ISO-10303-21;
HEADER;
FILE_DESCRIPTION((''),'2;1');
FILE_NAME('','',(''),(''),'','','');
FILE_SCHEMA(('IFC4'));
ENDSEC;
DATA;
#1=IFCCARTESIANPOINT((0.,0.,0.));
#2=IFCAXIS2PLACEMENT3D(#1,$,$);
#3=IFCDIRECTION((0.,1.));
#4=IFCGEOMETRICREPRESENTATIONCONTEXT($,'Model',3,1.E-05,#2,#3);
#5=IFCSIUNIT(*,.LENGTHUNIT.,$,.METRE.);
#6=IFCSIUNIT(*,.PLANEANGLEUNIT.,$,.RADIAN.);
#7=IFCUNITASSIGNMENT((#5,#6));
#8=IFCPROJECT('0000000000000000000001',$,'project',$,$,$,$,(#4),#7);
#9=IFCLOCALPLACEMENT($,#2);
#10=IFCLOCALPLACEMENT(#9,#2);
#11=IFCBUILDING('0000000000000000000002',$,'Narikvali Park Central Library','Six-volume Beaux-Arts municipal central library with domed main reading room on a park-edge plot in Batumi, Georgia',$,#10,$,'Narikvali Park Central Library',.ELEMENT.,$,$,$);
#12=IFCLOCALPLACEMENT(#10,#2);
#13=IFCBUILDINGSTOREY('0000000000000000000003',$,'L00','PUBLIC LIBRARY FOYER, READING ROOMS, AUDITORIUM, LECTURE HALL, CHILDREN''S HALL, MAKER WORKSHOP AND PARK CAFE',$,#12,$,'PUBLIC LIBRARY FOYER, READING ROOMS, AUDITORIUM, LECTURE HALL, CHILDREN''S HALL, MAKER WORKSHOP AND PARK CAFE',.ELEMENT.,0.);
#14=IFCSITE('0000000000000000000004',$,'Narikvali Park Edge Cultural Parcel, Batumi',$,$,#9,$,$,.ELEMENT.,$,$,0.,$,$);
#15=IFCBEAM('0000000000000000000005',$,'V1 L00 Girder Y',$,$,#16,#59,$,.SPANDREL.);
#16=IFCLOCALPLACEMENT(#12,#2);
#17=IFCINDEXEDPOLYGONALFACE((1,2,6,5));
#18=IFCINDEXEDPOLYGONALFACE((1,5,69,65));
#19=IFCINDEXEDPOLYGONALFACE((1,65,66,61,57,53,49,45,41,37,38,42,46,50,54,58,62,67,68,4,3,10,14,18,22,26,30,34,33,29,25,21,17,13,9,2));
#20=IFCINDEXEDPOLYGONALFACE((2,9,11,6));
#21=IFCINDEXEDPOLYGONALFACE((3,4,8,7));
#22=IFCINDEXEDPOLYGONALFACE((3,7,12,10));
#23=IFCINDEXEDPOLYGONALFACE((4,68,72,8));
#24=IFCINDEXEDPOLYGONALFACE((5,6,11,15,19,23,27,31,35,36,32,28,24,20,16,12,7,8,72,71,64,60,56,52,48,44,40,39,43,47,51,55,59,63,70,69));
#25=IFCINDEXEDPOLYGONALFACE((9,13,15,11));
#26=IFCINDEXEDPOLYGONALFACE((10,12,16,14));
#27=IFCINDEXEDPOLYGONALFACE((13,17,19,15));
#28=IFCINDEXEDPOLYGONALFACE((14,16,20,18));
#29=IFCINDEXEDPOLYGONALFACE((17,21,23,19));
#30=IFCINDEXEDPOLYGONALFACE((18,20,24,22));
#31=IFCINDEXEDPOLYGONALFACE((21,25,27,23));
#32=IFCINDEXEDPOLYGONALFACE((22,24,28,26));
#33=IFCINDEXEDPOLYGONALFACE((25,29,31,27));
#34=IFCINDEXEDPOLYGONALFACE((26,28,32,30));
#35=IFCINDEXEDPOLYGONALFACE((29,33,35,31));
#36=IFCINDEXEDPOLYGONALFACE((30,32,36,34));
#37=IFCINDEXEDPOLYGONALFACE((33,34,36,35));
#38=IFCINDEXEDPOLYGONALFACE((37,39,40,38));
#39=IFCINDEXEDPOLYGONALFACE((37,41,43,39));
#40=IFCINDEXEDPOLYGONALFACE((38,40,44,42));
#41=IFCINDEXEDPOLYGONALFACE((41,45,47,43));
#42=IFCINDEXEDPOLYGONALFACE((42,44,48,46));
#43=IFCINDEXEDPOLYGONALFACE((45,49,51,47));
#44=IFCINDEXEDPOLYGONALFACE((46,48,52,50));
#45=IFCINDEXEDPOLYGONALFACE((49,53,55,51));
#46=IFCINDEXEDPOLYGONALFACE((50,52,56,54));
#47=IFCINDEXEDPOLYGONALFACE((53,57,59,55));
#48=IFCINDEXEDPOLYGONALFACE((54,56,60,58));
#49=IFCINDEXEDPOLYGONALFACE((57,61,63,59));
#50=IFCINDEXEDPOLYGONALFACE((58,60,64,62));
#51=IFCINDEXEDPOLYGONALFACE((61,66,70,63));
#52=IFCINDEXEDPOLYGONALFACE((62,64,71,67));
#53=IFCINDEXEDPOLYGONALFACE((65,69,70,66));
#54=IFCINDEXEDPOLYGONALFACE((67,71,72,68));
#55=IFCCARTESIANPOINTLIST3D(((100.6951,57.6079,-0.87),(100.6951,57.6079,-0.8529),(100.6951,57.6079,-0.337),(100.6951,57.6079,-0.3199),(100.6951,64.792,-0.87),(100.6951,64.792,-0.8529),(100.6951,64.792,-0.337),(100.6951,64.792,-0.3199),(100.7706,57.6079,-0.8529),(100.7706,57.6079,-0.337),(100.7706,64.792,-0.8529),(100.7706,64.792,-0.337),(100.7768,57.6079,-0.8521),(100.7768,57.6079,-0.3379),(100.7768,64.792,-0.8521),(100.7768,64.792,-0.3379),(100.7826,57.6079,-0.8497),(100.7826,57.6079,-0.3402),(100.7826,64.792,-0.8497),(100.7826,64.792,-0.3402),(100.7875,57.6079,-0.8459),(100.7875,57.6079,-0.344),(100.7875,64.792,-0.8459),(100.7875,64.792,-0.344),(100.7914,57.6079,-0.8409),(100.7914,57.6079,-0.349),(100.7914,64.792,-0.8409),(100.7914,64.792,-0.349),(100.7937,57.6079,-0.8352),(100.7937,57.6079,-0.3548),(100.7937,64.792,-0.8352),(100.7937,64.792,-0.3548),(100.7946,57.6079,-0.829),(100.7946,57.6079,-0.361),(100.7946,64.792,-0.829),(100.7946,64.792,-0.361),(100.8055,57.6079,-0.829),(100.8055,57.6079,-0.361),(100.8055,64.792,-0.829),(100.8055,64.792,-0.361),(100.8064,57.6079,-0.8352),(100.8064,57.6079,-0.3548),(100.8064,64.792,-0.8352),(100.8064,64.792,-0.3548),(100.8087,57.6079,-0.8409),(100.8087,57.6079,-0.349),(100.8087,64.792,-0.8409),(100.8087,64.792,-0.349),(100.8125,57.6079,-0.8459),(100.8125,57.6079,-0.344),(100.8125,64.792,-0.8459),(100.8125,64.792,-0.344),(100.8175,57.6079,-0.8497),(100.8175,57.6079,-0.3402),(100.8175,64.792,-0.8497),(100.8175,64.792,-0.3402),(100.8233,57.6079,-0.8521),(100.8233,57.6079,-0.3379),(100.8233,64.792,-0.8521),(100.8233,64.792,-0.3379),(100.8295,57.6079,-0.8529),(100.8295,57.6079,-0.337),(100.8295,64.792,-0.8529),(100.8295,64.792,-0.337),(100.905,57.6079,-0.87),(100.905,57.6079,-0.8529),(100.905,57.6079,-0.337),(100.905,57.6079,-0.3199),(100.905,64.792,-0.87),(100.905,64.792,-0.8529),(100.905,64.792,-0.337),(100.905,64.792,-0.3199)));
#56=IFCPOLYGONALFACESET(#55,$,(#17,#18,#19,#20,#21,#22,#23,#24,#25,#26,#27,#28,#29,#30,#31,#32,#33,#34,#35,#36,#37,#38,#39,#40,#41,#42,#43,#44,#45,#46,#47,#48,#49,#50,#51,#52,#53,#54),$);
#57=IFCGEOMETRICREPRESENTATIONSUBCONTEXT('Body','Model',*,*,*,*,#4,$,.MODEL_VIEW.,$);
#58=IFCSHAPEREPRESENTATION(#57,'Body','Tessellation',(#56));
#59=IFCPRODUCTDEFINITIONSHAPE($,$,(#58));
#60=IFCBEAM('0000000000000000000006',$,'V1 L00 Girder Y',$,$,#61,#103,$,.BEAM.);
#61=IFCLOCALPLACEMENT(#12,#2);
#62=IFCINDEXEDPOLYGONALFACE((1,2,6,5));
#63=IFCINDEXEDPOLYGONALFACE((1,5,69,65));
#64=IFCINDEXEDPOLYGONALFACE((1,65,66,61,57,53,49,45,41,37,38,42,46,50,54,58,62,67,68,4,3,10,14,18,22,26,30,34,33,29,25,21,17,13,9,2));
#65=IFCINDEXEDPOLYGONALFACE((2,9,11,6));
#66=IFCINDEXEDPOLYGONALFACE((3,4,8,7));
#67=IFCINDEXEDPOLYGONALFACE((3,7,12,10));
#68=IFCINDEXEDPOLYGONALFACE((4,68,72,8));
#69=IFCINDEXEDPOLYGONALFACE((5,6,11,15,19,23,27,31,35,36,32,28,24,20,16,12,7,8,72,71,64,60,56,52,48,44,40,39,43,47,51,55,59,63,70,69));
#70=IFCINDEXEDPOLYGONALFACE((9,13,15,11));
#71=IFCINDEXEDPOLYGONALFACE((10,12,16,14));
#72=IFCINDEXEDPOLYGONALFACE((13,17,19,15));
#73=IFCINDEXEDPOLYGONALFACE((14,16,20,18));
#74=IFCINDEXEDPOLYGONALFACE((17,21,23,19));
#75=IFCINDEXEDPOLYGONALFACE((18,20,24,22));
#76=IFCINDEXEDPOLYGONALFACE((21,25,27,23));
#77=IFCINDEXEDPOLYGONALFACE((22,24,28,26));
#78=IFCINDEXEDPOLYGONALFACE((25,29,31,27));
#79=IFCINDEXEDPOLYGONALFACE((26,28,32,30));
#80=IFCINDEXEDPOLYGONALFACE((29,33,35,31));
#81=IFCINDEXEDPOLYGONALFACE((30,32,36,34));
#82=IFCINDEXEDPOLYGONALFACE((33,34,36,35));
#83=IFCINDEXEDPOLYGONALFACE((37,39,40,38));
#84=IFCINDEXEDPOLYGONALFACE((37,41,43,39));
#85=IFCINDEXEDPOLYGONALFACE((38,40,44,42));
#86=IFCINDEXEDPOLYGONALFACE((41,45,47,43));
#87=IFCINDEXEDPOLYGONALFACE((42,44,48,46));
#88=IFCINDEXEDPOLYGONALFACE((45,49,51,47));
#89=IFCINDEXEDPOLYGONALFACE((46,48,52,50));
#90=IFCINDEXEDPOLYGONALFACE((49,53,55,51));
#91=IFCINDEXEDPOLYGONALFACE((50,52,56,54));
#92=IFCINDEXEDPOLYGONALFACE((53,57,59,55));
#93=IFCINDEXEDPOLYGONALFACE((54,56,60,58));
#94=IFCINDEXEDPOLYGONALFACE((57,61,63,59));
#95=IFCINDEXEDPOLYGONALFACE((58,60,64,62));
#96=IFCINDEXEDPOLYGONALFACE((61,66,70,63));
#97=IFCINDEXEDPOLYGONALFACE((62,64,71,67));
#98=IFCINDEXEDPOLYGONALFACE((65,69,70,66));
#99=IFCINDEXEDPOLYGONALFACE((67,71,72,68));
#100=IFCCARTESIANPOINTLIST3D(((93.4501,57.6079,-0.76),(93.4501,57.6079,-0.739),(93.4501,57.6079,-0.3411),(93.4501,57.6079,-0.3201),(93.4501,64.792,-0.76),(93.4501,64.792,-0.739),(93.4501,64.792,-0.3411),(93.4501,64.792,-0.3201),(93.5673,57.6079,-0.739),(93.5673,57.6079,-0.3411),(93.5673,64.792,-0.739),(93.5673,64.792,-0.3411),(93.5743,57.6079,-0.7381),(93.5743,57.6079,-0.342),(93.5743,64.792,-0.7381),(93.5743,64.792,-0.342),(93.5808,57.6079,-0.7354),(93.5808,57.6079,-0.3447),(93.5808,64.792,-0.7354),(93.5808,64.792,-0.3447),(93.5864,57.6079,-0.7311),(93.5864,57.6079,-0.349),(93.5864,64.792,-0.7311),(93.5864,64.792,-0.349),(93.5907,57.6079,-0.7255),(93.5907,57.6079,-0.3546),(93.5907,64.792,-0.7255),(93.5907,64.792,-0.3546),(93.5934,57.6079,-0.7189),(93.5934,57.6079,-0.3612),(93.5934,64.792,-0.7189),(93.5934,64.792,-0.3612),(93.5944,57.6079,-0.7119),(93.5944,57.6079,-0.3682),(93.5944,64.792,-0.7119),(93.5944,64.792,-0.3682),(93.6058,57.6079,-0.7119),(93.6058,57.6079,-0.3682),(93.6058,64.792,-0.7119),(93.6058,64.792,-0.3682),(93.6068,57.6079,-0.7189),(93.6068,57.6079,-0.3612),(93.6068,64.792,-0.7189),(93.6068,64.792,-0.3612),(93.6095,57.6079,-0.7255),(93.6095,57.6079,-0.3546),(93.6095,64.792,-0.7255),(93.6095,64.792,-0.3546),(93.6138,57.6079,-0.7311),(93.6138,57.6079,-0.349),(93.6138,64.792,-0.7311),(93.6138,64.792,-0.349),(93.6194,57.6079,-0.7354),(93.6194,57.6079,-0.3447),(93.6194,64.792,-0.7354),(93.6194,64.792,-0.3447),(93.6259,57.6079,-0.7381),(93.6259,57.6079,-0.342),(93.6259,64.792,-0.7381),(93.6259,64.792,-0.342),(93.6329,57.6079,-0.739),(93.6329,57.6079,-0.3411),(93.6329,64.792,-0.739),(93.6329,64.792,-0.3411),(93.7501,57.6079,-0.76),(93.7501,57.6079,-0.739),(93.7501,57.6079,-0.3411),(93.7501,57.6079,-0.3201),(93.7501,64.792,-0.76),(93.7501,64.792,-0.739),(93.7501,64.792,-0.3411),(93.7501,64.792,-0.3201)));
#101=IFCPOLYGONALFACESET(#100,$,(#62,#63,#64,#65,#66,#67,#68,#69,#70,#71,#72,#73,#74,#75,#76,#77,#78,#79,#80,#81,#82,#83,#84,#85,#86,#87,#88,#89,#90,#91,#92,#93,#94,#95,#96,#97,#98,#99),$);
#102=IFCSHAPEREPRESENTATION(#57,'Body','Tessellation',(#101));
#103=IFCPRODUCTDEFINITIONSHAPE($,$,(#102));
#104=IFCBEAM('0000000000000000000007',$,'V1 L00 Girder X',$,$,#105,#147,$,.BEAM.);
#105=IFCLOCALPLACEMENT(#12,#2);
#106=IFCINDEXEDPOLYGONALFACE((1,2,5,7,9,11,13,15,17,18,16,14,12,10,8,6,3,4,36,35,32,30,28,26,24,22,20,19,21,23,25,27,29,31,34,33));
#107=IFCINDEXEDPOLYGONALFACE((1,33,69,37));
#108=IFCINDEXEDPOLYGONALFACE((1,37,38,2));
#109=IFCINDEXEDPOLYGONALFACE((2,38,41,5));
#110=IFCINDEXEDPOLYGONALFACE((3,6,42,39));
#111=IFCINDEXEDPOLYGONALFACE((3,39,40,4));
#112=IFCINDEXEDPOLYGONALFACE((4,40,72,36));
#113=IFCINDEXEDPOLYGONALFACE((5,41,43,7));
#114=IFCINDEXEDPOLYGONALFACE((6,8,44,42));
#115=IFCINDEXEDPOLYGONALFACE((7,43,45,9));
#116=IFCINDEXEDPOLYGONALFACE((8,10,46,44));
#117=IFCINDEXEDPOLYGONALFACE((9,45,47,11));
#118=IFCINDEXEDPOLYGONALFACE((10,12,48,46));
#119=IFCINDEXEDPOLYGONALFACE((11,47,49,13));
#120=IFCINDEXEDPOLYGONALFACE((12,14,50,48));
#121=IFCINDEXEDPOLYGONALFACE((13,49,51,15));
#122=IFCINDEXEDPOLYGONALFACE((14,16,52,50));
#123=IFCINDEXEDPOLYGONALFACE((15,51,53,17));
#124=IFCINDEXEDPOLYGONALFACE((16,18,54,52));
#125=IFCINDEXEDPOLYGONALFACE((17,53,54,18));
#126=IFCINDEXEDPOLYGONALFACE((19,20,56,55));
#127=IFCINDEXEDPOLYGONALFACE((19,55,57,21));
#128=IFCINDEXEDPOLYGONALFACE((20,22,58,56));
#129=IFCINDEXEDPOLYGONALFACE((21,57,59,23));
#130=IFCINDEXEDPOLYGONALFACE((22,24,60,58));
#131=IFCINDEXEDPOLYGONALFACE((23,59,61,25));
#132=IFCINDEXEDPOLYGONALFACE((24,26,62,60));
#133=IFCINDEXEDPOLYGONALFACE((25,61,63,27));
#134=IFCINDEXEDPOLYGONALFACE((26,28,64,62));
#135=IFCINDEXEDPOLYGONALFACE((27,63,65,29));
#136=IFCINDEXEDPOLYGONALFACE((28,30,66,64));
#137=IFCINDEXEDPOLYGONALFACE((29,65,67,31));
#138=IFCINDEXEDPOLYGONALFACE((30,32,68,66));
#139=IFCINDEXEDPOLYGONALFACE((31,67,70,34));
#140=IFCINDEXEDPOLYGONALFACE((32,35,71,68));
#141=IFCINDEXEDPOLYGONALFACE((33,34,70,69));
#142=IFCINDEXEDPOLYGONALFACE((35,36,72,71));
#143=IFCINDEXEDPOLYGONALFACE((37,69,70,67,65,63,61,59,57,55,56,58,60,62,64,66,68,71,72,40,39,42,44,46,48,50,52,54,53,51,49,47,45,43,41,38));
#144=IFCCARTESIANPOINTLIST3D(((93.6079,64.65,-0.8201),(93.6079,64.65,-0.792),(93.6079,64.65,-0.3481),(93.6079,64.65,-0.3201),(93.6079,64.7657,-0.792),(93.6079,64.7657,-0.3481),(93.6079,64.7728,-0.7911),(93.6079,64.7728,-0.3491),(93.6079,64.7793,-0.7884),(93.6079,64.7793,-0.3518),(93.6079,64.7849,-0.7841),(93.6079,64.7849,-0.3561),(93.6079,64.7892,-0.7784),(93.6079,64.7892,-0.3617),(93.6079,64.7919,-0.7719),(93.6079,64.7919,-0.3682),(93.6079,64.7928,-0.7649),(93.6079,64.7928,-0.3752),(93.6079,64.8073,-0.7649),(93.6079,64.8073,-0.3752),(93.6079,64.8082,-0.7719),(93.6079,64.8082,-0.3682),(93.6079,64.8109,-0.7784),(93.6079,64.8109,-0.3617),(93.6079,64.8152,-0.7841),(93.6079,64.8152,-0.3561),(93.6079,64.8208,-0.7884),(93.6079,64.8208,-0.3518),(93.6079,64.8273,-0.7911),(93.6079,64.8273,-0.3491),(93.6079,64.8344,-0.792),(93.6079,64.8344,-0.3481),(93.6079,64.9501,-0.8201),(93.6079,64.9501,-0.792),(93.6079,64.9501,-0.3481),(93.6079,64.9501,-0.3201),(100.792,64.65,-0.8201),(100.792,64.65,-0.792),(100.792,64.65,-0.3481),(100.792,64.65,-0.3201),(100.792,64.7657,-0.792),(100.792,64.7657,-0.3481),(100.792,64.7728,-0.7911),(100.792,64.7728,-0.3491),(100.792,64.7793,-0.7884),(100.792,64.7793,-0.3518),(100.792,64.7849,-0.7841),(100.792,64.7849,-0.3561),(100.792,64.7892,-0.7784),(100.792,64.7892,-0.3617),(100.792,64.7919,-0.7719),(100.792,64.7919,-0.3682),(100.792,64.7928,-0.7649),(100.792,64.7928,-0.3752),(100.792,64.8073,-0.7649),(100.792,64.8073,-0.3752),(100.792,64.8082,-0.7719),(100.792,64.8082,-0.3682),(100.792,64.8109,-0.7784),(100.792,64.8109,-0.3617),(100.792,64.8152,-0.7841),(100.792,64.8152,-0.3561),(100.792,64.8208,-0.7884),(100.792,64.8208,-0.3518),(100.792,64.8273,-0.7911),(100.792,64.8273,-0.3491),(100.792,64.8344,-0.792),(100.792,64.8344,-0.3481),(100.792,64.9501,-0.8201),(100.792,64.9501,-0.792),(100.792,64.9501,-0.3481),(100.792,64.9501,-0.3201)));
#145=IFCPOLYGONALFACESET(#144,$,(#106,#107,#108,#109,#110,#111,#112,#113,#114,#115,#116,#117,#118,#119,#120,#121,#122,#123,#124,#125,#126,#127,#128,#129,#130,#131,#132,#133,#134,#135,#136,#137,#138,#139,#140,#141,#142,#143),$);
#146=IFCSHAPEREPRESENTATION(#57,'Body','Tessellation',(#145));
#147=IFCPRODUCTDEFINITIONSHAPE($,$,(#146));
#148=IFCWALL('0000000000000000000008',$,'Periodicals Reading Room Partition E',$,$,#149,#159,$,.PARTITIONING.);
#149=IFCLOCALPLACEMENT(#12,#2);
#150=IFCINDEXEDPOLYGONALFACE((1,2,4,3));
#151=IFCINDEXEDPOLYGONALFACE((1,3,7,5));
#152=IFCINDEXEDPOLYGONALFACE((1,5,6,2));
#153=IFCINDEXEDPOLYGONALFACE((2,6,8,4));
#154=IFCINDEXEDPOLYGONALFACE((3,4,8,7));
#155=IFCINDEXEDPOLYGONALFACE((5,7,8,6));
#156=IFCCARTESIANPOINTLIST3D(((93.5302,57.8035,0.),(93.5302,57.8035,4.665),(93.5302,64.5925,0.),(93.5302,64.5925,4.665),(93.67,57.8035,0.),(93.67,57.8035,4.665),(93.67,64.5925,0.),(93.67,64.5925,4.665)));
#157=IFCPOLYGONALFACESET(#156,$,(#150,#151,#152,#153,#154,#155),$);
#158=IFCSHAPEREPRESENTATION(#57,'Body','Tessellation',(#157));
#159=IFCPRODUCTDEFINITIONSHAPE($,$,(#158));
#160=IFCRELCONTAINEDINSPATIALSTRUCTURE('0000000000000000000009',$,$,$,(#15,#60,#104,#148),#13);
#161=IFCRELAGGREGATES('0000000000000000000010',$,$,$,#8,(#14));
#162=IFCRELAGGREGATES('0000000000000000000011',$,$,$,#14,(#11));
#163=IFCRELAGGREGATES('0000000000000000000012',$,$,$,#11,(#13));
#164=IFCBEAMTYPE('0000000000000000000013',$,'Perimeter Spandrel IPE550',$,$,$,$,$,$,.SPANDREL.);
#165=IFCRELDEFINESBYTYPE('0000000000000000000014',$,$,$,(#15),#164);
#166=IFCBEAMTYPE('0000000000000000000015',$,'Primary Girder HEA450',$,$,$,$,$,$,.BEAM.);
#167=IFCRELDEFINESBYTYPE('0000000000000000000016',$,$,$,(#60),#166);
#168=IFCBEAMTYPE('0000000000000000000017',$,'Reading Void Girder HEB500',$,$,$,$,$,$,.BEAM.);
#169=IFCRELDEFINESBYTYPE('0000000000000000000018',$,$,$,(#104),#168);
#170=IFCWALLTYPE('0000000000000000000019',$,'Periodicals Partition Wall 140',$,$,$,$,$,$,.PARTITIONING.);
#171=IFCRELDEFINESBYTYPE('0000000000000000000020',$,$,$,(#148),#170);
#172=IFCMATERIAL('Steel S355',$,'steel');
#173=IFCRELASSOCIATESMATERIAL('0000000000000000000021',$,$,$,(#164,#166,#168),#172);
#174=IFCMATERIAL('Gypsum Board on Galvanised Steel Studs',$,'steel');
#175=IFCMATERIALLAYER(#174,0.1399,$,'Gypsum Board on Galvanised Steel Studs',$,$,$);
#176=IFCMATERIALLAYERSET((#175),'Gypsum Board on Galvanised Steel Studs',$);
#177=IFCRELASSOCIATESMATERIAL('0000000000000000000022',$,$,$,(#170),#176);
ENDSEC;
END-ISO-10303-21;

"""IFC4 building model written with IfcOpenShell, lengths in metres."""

from ifc_helpers import new_model, si_unit, direction, frame, frame_2d, origin, origin_2d, place, context, subcontext, project, spatial, rectangle, i_section, extrude, material, layer, layer_set, material_profile, profile_set, type_object, element, save


model = new_model("IFC4")

# Units and contexts
model_context = context("Model", 3, precision=1e-05, world=origin(), true_north=direction((0.0, 1.0)))
body_context = subcontext(model_context, "Body", "Model", "MODEL_VIEW")
ifc_project = project(units=[si_unit("LENGTHUNIT", "METRE"), si_unit("PLANEANGLEUNIT", "RADIAN")], contexts=[model_context])

# Site, building, storey
site_placement = place(None, origin())
site = spatial("IfcSite", under=ifc_project, at=site_placement, Name="Narikvali Park Edge Cultural Parcel, Batumi", CompositionType="ELEMENT", RefElevation=0.0)
building_placement = place(site_placement, origin())
building = spatial("IfcBuilding", under=site, at=building_placement, Name="Narikvali Park Central Library", Description="Six-volume Beaux-Arts municipal central library with domed main reading room on a park-edge plot in Batumi, Georgia", LongName="Narikvali Park Central Library", CompositionType="ELEMENT")
storey_placement = place(building_placement, origin())
storey = spatial("IfcBuildingStorey", under=building, at=storey_placement, Name="L00", Description="PUBLIC LIBRARY FOYER, READING ROOMS, AUDITORIUM, LECTURE HALL, CHILDREN'S HALL, MAKER WORKSHOP AND PARK CAFE", LongName="PUBLIC LIBRARY FOYER, READING ROOMS, AUDITORIUM, LECTURE HALL, CHILDREN'S HALL, MAKER WORKSHOP AND PARK CAFE", CompositionType="ELEMENT", Elevation=0.0)

# Shared definitions
ifc_material_1 = material(Name="Steel S355", Category="steel")

# Beams
ifc_material_profile_1 = material_profile(ifc_material_1, i_section(OverallWidth=0.21, OverallDepth=0.55, WebThickness=0.011, FlangeThickness=0.0171, FilletRadius=0.0239, at=origin_2d()), Name="IPE 550")
ifc_profile_set_1 = profile_set([ifc_material_profile_1], Name="Steel S355")
beam_type_1 = type_object("IfcBeamType", Name="Perimeter Spandrel IPE550", PredefinedType="SPANDREL", material=ifc_profile_set_1)
for number, where, z_axis, x_axis, name in (
    (1, (100.8, 57.6079, -0.595), (0.0, 1.0, 0.0), (-1.0, 0.0, 0.0), "V1 L00 Girder Y"),
):
    element("IfcBeam", number, at=place(storey_placement, frame(where, z_axis=z_axis, x_axis=x_axis)), inside=storey, type_object=beam_type_1, Name=name, PredefinedType="SPANDREL", context=body_context, shape_type="SweptSolid", body=[
        extrude(i_section(OverallWidth=0.21, OverallDepth=0.55, WebThickness=0.011, FlangeThickness=0.0171, FilletRadius=0.0239, at=origin_2d()), origin(), (0.0, 0.0, 1.0), 7.1841),
    ])
ifc_material_profile_2 = material_profile(ifc_material_1, i_section(OverallWidth=0.3, OverallDepth=0.4399, WebThickness=0.0115, FlangeThickness=0.021, FilletRadius=0.0271, at=origin_2d()), Name="HEA 450")
ifc_profile_set_2 = profile_set([ifc_material_profile_2], Name="Steel S355")
beam_type_2 = type_object("IfcBeamType", Name="Primary Girder HEA450", PredefinedType="BEAM", material=ifc_profile_set_2)
beam_1_placement = place(storey_placement, frame((93.6001, 57.6079, -0.54), z_axis=(0.0, 1.0, 0.0), x_axis=(-1.0, 0.0, 0.0)))
element("IfcBeam", 2, at=beam_1_placement, inside=storey, type_object=beam_type_2, Name="V1 L00 Girder Y", PredefinedType="BEAM", context=body_context, shape_type="SweptSolid", body=[
    extrude(i_section(OverallWidth=0.3, OverallDepth=0.4399, WebThickness=0.0115, FlangeThickness=0.021, FilletRadius=0.0271, at=origin_2d()), origin(), (0.0, 0.0, 1.0), 7.1841),
])
ifc_material_profile_3 = material_profile(ifc_material_1, i_section(OverallWidth=0.3, OverallDepth=0.5, WebThickness=0.0144, FlangeThickness=0.0281, FilletRadius=0.0271, at=origin_2d()), Name="HEB 500")
ifc_profile_set_3 = profile_set([ifc_material_profile_3], Name="Steel S355")
beam_type_3 = type_object("IfcBeamType", Name="Reading Void Girder HEB500", PredefinedType="BEAM", material=ifc_profile_set_3)
beam_2_placement = place(storey_placement, frame((93.6079, 64.8, -0.5701), z_axis=(1.0, 0.0, 0.0), x_axis=(0.0, 1.0, 0.0)))
element("IfcBeam", 3, at=beam_2_placement, inside=storey, type_object=beam_type_3, Name="V1 L00 Girder X", PredefinedType="BEAM", context=body_context, shape_type="SweptSolid", body=[
    extrude(i_section(OverallWidth=0.3, OverallDepth=0.5, WebThickness=0.0144, FlangeThickness=0.0281, FilletRadius=0.0271, at=origin_2d()), origin(), (0.0, 0.0, 1.0), 7.1841),
])

# Wall
ifc_material_2 = material(Name="Gypsum Board on Galvanised Steel Studs", Category="steel")
ifc_layer_1 = layer(ifc_material_2, 0.1399, Name="Gypsum Board on Galvanised Steel Studs")
ifc_layer_set_1 = layer_set([ifc_layer_1], Name="Gypsum Board on Galvanised Steel Studs")
wall_type_1 = type_object("IfcWallType", Name="Periodicals Partition Wall 140", PredefinedType="PARTITIONING", material=ifc_layer_set_1)
wall_1_placement = place(storey_placement, frame((93.6001, 57.8035, 0.0), z_axis=(0.0, 0.0, 1.0), x_axis=(0.0, 1.0, 0.0)))
element("IfcWall", 4, at=wall_1_placement, inside=storey, type_object=wall_type_1, Name="Periodicals Reading Room Partition E", PredefinedType="PARTITIONING", context=body_context, shape_type="SweptSolid", body=[
    extrude(rectangle(XDim=6.7891, YDim=0.1399, at=frame_2d((3.3945, 0.0))), origin(), (0.0, 0.0, 1.0), 4.665),
])

save(model, "model.ifc")
